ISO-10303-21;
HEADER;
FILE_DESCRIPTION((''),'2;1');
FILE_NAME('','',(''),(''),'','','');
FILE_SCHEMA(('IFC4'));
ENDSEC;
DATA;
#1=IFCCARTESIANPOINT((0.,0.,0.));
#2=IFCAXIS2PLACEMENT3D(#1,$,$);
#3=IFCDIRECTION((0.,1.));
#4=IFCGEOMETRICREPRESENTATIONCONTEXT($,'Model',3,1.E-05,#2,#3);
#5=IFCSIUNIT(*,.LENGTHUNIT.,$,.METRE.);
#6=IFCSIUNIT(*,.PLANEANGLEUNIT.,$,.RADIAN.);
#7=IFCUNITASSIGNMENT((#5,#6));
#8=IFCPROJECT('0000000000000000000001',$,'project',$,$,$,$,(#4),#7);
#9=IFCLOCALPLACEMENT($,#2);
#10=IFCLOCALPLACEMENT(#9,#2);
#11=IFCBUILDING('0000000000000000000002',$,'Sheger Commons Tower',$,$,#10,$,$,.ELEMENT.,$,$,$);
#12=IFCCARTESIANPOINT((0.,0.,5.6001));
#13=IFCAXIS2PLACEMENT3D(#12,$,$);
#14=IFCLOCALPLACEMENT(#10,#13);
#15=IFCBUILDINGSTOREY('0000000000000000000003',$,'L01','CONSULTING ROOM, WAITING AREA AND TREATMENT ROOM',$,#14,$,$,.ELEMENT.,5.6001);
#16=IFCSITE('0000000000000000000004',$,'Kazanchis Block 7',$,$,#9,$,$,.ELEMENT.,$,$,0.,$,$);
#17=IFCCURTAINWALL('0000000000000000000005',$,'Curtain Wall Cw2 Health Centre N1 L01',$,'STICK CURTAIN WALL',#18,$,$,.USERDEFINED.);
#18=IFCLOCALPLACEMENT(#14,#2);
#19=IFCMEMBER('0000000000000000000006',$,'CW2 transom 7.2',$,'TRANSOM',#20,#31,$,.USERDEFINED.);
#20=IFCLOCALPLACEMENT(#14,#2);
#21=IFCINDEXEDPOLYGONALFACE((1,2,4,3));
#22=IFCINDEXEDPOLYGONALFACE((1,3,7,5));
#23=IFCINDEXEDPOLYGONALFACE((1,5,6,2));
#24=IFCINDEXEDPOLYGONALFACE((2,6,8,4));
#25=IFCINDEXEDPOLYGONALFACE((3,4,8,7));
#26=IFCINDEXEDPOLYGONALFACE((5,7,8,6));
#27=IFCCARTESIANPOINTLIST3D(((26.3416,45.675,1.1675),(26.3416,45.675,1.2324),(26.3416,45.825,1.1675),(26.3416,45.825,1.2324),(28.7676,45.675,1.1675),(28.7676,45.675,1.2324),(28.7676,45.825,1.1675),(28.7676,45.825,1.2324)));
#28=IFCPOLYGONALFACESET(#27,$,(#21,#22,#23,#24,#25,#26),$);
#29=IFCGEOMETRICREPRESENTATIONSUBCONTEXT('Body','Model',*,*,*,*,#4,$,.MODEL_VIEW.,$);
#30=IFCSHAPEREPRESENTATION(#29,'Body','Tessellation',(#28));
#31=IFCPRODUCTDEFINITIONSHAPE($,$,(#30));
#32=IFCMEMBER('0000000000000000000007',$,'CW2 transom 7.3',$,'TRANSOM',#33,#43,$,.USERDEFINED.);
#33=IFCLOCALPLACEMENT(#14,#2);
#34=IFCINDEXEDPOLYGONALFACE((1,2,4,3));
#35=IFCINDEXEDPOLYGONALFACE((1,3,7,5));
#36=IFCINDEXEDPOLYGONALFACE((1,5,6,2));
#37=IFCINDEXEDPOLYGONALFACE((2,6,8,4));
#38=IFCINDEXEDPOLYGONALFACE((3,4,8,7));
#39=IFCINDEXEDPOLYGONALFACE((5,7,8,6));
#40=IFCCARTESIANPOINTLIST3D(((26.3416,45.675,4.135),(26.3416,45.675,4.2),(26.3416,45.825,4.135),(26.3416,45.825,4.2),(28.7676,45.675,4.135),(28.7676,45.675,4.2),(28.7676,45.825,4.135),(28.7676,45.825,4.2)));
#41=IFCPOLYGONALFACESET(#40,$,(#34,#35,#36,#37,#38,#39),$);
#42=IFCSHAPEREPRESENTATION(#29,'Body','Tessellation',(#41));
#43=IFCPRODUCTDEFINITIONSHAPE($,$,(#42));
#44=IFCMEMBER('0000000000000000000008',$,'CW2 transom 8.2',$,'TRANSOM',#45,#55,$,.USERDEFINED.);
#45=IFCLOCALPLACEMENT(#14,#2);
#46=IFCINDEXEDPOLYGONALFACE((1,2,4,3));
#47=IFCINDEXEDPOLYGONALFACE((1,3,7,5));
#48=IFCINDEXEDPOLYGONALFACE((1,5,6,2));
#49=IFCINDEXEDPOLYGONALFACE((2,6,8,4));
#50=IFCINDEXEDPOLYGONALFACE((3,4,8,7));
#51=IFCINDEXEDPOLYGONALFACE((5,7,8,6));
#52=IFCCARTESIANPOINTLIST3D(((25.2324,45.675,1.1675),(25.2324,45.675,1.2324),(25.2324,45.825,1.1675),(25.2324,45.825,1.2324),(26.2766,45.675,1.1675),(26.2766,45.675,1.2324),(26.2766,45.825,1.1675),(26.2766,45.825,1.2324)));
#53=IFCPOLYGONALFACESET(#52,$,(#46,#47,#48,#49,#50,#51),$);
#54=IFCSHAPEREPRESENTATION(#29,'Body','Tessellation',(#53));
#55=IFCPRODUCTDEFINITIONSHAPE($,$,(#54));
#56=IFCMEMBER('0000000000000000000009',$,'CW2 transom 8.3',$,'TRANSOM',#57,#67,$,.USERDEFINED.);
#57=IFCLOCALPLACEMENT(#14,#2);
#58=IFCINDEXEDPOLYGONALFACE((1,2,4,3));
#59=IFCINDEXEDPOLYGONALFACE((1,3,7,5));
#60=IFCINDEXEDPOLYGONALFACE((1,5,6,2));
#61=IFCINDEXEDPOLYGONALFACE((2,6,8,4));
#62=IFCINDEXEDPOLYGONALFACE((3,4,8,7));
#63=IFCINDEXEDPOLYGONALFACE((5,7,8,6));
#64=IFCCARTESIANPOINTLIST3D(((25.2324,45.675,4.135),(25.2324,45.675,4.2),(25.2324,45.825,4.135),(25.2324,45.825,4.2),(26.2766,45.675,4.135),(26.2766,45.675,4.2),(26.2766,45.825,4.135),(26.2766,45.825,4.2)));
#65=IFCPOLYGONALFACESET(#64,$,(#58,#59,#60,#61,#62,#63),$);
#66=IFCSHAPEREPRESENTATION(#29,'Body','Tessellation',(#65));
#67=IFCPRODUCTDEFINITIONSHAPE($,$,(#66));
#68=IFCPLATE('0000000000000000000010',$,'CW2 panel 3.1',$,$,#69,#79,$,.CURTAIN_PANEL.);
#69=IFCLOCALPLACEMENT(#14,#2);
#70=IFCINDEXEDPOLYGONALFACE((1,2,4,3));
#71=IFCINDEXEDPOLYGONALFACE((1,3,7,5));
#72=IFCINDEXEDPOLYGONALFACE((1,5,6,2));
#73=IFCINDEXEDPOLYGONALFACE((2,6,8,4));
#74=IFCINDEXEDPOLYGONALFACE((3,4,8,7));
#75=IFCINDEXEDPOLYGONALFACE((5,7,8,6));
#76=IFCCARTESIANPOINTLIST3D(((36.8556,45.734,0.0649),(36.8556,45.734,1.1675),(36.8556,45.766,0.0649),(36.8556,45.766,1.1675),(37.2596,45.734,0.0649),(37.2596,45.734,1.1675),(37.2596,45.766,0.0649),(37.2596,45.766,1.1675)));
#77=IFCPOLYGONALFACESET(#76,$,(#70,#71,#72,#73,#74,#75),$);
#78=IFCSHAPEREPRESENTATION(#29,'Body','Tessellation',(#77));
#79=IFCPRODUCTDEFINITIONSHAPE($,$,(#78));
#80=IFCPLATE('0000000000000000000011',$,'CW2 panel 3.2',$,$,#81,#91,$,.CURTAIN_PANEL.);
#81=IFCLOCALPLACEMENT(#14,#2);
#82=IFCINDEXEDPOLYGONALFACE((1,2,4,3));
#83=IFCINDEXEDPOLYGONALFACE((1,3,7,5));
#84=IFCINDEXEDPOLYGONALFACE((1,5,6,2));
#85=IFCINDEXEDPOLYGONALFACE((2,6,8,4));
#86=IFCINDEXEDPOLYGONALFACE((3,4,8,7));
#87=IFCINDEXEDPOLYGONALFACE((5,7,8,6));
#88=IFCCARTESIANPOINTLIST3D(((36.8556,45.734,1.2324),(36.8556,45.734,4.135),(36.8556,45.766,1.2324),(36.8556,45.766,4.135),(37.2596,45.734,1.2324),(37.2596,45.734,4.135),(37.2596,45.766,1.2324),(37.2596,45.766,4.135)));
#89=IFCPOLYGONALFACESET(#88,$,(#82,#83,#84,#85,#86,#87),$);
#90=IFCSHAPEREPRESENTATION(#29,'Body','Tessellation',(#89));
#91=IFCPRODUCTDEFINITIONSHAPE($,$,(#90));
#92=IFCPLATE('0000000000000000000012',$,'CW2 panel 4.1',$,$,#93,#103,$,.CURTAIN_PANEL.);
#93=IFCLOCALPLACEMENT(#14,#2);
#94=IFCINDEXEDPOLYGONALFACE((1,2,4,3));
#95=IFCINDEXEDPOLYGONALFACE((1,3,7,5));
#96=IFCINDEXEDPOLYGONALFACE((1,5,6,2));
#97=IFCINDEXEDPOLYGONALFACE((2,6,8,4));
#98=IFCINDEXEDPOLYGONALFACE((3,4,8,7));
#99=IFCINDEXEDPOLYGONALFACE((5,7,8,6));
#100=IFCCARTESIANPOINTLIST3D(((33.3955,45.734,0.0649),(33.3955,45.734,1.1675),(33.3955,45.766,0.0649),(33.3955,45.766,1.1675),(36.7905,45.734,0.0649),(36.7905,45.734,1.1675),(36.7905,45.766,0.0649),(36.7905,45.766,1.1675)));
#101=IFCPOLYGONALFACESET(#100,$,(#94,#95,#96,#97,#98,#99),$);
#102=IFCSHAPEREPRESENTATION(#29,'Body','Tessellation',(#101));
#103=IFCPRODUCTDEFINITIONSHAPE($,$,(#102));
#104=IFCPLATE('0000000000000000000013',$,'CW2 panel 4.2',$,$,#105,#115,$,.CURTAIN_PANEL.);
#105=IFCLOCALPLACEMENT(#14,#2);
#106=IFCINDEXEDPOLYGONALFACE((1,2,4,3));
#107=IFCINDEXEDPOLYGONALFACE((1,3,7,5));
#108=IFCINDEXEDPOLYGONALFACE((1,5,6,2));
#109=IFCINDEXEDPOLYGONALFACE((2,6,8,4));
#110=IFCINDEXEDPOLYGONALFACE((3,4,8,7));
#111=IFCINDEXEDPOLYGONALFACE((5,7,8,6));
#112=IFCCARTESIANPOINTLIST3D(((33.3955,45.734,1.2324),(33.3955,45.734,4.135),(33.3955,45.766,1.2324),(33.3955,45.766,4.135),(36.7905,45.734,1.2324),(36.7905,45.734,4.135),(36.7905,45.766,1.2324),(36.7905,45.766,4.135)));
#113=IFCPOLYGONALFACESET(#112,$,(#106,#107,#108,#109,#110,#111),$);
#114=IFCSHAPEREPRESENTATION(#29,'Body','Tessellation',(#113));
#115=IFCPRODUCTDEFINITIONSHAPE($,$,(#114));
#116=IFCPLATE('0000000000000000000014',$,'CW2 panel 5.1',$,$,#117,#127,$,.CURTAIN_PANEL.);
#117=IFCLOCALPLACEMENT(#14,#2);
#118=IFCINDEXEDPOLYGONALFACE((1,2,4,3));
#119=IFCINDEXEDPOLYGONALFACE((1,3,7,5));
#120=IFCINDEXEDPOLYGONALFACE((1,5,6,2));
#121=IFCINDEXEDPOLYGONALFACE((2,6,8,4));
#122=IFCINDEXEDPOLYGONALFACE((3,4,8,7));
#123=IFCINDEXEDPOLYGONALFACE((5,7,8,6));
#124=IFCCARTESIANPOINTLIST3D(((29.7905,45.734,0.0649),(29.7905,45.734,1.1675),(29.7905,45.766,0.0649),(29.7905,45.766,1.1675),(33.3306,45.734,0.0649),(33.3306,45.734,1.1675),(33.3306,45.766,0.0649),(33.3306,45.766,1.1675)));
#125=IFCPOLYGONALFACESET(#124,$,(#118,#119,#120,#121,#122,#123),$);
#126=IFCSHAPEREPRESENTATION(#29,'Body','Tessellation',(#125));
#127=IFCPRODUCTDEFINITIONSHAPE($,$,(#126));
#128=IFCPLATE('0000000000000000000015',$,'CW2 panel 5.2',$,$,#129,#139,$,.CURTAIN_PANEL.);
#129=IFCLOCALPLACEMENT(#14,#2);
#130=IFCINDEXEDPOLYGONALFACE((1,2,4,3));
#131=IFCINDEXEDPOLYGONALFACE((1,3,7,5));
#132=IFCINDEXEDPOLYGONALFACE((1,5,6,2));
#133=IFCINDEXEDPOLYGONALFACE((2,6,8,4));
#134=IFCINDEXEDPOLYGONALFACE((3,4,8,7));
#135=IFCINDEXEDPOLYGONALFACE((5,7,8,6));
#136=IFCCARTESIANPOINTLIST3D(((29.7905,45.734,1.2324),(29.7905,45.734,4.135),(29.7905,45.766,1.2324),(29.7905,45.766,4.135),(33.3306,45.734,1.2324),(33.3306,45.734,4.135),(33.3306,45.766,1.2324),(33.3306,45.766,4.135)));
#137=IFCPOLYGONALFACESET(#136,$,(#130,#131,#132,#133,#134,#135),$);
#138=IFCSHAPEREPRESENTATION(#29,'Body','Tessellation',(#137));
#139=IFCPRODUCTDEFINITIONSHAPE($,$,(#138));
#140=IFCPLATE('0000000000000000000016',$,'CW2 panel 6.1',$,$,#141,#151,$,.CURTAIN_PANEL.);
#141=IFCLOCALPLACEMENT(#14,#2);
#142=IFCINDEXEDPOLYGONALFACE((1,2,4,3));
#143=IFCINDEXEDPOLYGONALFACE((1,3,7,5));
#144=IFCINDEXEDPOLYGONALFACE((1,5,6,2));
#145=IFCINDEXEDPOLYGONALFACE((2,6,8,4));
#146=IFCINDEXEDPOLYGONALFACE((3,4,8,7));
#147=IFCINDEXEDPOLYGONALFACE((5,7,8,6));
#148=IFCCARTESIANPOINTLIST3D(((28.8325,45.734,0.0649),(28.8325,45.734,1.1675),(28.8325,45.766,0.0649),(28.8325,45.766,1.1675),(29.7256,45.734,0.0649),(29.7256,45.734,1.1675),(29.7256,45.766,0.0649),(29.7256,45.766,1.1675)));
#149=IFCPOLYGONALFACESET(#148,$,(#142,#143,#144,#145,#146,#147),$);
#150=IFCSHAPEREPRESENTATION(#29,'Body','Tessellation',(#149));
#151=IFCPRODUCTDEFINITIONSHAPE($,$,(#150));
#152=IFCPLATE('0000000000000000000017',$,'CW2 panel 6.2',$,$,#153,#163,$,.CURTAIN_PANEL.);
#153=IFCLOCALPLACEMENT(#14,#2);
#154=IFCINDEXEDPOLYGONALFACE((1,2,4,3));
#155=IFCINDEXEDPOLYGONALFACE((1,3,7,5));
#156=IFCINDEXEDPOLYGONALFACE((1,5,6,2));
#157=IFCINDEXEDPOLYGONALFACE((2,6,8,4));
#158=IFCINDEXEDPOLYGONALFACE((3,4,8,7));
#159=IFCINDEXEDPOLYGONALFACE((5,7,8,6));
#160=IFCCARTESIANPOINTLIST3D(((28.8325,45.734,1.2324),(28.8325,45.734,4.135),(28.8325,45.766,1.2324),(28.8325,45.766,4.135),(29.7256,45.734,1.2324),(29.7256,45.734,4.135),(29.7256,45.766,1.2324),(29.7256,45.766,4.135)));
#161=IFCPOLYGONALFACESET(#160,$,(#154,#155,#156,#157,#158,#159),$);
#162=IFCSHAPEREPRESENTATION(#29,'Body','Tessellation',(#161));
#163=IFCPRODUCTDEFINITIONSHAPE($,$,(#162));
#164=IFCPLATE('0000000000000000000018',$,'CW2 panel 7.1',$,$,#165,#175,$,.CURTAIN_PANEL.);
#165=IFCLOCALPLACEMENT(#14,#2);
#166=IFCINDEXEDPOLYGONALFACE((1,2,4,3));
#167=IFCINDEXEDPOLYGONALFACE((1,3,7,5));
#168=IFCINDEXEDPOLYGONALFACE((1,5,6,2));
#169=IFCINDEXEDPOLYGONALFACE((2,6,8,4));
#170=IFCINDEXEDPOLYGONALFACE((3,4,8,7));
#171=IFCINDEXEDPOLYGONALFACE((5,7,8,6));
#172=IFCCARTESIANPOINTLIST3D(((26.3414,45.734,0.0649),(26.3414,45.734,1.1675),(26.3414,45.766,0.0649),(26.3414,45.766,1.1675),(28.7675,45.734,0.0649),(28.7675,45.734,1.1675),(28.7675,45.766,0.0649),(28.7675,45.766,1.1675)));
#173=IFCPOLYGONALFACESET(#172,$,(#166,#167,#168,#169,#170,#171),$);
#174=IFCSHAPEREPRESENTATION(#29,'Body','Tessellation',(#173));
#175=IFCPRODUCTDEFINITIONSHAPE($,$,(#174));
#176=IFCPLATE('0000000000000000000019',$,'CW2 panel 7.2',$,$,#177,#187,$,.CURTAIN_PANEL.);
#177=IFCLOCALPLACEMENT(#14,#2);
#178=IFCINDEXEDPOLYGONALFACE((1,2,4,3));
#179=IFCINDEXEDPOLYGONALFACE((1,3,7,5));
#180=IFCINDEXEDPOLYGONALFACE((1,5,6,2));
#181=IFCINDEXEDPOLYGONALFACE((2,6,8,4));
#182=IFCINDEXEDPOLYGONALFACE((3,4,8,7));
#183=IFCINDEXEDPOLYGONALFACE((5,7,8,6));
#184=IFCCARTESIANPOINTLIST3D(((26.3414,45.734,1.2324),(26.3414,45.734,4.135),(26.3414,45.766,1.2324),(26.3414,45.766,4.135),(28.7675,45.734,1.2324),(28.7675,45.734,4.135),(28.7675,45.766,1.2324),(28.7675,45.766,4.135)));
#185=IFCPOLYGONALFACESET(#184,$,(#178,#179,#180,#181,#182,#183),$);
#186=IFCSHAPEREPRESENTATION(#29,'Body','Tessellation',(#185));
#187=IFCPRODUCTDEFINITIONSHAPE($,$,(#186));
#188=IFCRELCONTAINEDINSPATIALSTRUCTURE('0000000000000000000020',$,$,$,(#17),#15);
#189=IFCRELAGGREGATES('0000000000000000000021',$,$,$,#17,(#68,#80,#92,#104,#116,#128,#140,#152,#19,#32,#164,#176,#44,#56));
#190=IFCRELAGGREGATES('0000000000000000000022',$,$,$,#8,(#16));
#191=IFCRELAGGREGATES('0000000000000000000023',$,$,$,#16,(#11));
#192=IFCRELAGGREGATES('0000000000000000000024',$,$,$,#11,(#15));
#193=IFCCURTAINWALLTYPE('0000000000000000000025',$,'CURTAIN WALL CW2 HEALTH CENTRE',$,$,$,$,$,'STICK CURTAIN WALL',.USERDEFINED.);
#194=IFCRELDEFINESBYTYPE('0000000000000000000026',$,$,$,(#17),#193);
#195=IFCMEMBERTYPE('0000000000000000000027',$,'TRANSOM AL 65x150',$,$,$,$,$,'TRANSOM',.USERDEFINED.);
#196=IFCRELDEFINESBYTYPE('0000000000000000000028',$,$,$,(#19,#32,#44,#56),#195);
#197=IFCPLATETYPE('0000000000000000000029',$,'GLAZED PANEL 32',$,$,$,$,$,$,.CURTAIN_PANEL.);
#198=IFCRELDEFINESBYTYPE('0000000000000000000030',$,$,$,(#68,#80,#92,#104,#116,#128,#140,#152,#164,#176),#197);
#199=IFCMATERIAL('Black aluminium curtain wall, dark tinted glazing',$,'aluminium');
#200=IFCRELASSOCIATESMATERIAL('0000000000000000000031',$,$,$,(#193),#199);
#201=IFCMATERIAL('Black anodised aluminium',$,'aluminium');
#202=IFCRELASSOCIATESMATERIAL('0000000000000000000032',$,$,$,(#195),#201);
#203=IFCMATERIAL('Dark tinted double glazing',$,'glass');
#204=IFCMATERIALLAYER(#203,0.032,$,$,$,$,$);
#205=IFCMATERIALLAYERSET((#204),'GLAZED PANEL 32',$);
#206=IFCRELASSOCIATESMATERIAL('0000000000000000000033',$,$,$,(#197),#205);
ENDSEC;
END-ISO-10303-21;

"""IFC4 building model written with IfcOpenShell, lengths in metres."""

from ifc_helpers import new_model, si_unit, direction, frame, origin, origin_2d, place, context, subcontext, project, spatial, rectangle, extrude, material, layer, layer_set, material_profile, profile_set, type_object, element, aggregate, save


model = new_model("IFC4")

# Units and contexts
model_context = context("Model", 3, precision=1e-05, world=origin(), true_north=direction((0.0, 1.0)))
body_context = subcontext(model_context, "Body", "Model", "MODEL_VIEW")
ifc_project = project(units=[si_unit("LENGTHUNIT", "METRE"), si_unit("PLANEANGLEUNIT", "RADIAN")], contexts=[model_context])

# Site, building, storey
site_placement = place(None, origin())
site = spatial("IfcSite", under=ifc_project, at=site_placement, Name="Kazanchis Block 7", CompositionType="ELEMENT", RefElevation=0.0)
building_placement = place(site_placement, origin())
building = spatial("IfcBuilding", under=site, at=building_placement, Name="Sheger Commons Tower", CompositionType="ELEMENT")
storey_placement = place(building_placement, frame((0.0, 0.0, 5.6001)))
storey = spatial("IfcBuildingStorey", under=building, at=storey_placement, Name="L01", Description="CONSULTING ROOM, WAITING AREA AND TREATMENT ROOM", CompositionType="ELEMENT", Elevation=5.6001)

# Curtain wall, members, plates
ifc_material_1 = material(Name="Black aluminium curtain wall, dark tinted glazing", Category="aluminium")
curtain_wall_type = type_object("IfcCurtainWallType", Name="CURTAIN WALL CW2 HEALTH CENTRE", ElementType="STICK CURTAIN WALL", PredefinedType="USERDEFINED", material=ifc_material_1)
curtain_wall_placement = place(storey_placement, origin())
curtain_wall = element("IfcCurtainWall", 1, at=curtain_wall_placement, inside=storey, type_object=curtain_wall_type, Name="Curtain Wall Cw2 Health Centre N1 L01", ObjectType="STICK CURTAIN WALL", PredefinedType="USERDEFINED")
ifc_material_2 = material(Name="Black anodised aluminium", Category="aluminium")
ifc_material_profile_1 = material_profile(ifc_material_2, rectangle(XDim=0.1499, YDim=0.0649, at=origin_2d()), Name="AL 65x150")
ifc_profile_set_1 = profile_set([ifc_material_profile_1], Name="Black anodised aluminium")
member_type_1 = type_object("IfcMemberType", Name="TRANSOM AL 65x150", ElementType="TRANSOM", PredefinedType="USERDEFINED", material=ifc_profile_set_1)
member_1_placement = place(storey_placement, frame((28.7676, 45.75, 1.2), z_axis=(-1.0, 0.0, 0.0), x_axis=(0.0, -1.0, 0.0)))
member_1 = element("IfcMember", 2, at=member_1_placement, type_object=member_type_1, Name="CW2 transom 7.2", ObjectType="TRANSOM", PredefinedType="USERDEFINED", context=body_context, shape_type="SweptSolid", body=[
    extrude(rectangle(XDim=0.1499, YDim=0.0649, at=origin_2d()), origin(), (0.0, 0.0, 1.0), 2.426),
])
member_2_placement = place(storey_placement, frame((28.7676, 45.75, 4.1675), z_axis=(-1.0, 0.0, 0.0), x_axis=(0.0, -1.0, 0.0)))
member_2 = element("IfcMember", 3, at=member_2_placement, type_object=member_type_1, Name="CW2 transom 7.3", ObjectType="TRANSOM", PredefinedType="USERDEFINED", context=body_context, shape_type="SweptSolid", body=[
    extrude(rectangle(XDim=0.1499, YDim=0.0649, at=origin_2d()), origin(), (0.0, 0.0, 1.0), 2.426),
])
member_3_placement = place(storey_placement, frame((26.2766, 45.75, 1.2), z_axis=(-1.0, 0.0, 0.0), x_axis=(0.0, -1.0, 0.0)))
member_3 = element("IfcMember", 4, at=member_3_placement, type_object=member_type_1, Name="CW2 transom 8.2", ObjectType="TRANSOM", PredefinedType="USERDEFINED", context=body_context, shape_type="SweptSolid", body=[
    extrude(rectangle(XDim=0.1499, YDim=0.0649, at=origin_2d()), origin(), (0.0, 0.0, 1.0), 1.0442),
])
member_4_placement = place(storey_placement, frame((26.2766, 45.75, 4.1675), z_axis=(-1.0, 0.0, 0.0), x_axis=(0.0, -1.0, 0.0)))
member_4 = element("IfcMember", 5, at=member_4_placement, type_object=member_type_1, Name="CW2 transom 8.3", ObjectType="TRANSOM", PredefinedType="USERDEFINED", context=body_context, shape_type="SweptSolid", body=[
    extrude(rectangle(XDim=0.1499, YDim=0.0649, at=origin_2d()), origin(), (0.0, 0.0, 1.0), 1.0442),
])
ifc_material_3 = material(Name="Dark tinted double glazing", Category="glass")
ifc_layer = layer(ifc_material_3, 0.032)
ifc_layer_set = layer_set([ifc_layer], Name="GLAZED PANEL 32")
plate_type = type_object("IfcPlateType", Name="GLAZED PANEL 32", PredefinedType="CURTAIN_PANEL", material=ifc_layer_set)
plate_1_placement = place(storey_placement, frame((37.0576, 45.75, 0.0649), z_axis=(0.0, 0.0, 1.0), x_axis=(-1.0, 0.0, 0.0)))
plate_1 = element("IfcPlate", 6, at=plate_1_placement, type_object=plate_type, Name="CW2 panel 3.1", PredefinedType="CURTAIN_PANEL", context=body_context, shape_type="SweptSolid", body=[
    extrude(rectangle(XDim=0.4041, YDim=0.032, at=origin_2d()), origin(), (0.0, 0.0, 1.0), 1.1025),
])
plate_2_placement = place(storey_placement, frame((37.0576, 45.75, 1.2324), z_axis=(0.0, 0.0, 1.0), x_axis=(-1.0, 0.0, 0.0)))
plate_2 = element("IfcPlate", 7, at=plate_2_placement, type_object=plate_type, Name="CW2 panel 3.2", PredefinedType="CURTAIN_PANEL", context=body_context, shape_type="SweptSolid", body=[
    extrude(rectangle(XDim=0.4041, YDim=0.032, at=origin_2d()), origin(), (0.0, 0.0, 1.0), 2.9026),
])
plate_3_placement = place(storey_placement, frame((35.093, 45.75, 0.0649), z_axis=(0.0, 0.0, 1.0), x_axis=(-1.0, 0.0, 0.0)))
plate_3 = element("IfcPlate", 8, at=plate_3_placement, type_object=plate_type, Name="CW2 panel 4.1", PredefinedType="CURTAIN_PANEL", context=body_context, shape_type="SweptSolid", body=[
    extrude(rectangle(XDim=3.395, YDim=0.032, at=origin_2d()), origin(), (0.0, 0.0, 1.0), 1.1025),
])
plate_4_placement = place(storey_placement, frame((35.093, 45.75, 1.2324), z_axis=(0.0, 0.0, 1.0), x_axis=(-1.0, 0.0, 0.0)))
plate_4 = element("IfcPlate", 9, at=plate_4_placement, type_object=plate_type, Name="CW2 panel 4.2", PredefinedType="CURTAIN_PANEL", context=body_context, shape_type="SweptSolid", body=[
    extrude(rectangle(XDim=3.395, YDim=0.032, at=origin_2d()), origin(), (0.0, 0.0, 1.0), 2.9026),
])
plate_5_placement = place(storey_placement, frame((31.5605, 45.75, 0.0649), z_axis=(0.0, 0.0, 1.0), x_axis=(-1.0, 0.0, 0.0)))
plate_5 = element("IfcPlate", 10, at=plate_5_placement, type_object=plate_type, Name="CW2 panel 5.1", PredefinedType="CURTAIN_PANEL", context=body_context, shape_type="SweptSolid", body=[
    extrude(rectangle(XDim=3.54, YDim=0.032, at=origin_2d()), origin(), (0.0, 0.0, 1.0), 1.1025),
])
plate_6_placement = place(storey_placement, frame((31.5605, 45.75, 1.2324), z_axis=(0.0, 0.0, 1.0), x_axis=(-1.0, 0.0, 0.0)))
plate_6 = element("IfcPlate", 11, at=plate_6_placement, type_object=plate_type, Name="CW2 panel 5.2", PredefinedType="CURTAIN_PANEL", context=body_context, shape_type="SweptSolid", body=[
    extrude(rectangle(XDim=3.54, YDim=0.032, at=origin_2d()), origin(), (0.0, 0.0, 1.0), 2.9026),
])
plate_7_placement = place(storey_placement, frame((29.2791, 45.75, 0.0649), z_axis=(0.0, 0.0, 1.0), x_axis=(-1.0, 0.0, 0.0)))
plate_7 = element("IfcPlate", 12, at=plate_7_placement, type_object=plate_type, Name="CW2 panel 6.1", PredefinedType="CURTAIN_PANEL", context=body_context, shape_type="SweptSolid", body=[
    extrude(rectangle(XDim=0.8931, YDim=0.032, at=origin_2d()), origin(), (0.0, 0.0, 1.0), 1.1025),
])
plate_8_placement = place(storey_placement, frame((29.2791, 45.75, 1.2324), z_axis=(0.0, 0.0, 1.0), x_axis=(-1.0, 0.0, 0.0)))
plate_8 = element("IfcPlate", 13, at=plate_8_placement, type_object=plate_type, Name="CW2 panel 6.2", PredefinedType="CURTAIN_PANEL", context=body_context, shape_type="SweptSolid", body=[
    extrude(rectangle(XDim=0.8931, YDim=0.032, at=origin_2d()), origin(), (0.0, 0.0, 1.0), 2.9026),
])
plate_9_placement = place(storey_placement, frame((27.5544, 45.75, 0.0649), z_axis=(0.0, 0.0, 1.0), x_axis=(-1.0, 0.0, 0.0)))
plate_9 = element("IfcPlate", 14, at=plate_9_placement, type_object=plate_type, Name="CW2 panel 7.1", PredefinedType="CURTAIN_PANEL", context=body_context, shape_type="SweptSolid", body=[
    extrude(rectangle(XDim=2.426, YDim=0.032, at=origin_2d()), origin(), (0.0, 0.0, 1.0), 1.1025),
])
plate_10_placement = place(storey_placement, frame((27.5544, 45.75, 1.2324), z_axis=(0.0, 0.0, 1.0), x_axis=(-1.0, 0.0, 0.0)))
plate_10 = element("IfcPlate", 15, at=plate_10_placement, type_object=plate_type, Name="CW2 panel 7.2", PredefinedType="CURTAIN_PANEL", context=body_context, shape_type="SweptSolid", body=[
    extrude(rectangle(XDim=2.426, YDim=0.032, at=origin_2d()), origin(), (0.0, 0.0, 1.0), 2.9026),
])
aggregate(curtain_wall, [plate_1, plate_2, plate_3, plate_4, plate_5, plate_6, plate_7, plate_8, member_1, member_2, plate_9, plate_10, member_3, member_4])

save(model, "model.ifc")
